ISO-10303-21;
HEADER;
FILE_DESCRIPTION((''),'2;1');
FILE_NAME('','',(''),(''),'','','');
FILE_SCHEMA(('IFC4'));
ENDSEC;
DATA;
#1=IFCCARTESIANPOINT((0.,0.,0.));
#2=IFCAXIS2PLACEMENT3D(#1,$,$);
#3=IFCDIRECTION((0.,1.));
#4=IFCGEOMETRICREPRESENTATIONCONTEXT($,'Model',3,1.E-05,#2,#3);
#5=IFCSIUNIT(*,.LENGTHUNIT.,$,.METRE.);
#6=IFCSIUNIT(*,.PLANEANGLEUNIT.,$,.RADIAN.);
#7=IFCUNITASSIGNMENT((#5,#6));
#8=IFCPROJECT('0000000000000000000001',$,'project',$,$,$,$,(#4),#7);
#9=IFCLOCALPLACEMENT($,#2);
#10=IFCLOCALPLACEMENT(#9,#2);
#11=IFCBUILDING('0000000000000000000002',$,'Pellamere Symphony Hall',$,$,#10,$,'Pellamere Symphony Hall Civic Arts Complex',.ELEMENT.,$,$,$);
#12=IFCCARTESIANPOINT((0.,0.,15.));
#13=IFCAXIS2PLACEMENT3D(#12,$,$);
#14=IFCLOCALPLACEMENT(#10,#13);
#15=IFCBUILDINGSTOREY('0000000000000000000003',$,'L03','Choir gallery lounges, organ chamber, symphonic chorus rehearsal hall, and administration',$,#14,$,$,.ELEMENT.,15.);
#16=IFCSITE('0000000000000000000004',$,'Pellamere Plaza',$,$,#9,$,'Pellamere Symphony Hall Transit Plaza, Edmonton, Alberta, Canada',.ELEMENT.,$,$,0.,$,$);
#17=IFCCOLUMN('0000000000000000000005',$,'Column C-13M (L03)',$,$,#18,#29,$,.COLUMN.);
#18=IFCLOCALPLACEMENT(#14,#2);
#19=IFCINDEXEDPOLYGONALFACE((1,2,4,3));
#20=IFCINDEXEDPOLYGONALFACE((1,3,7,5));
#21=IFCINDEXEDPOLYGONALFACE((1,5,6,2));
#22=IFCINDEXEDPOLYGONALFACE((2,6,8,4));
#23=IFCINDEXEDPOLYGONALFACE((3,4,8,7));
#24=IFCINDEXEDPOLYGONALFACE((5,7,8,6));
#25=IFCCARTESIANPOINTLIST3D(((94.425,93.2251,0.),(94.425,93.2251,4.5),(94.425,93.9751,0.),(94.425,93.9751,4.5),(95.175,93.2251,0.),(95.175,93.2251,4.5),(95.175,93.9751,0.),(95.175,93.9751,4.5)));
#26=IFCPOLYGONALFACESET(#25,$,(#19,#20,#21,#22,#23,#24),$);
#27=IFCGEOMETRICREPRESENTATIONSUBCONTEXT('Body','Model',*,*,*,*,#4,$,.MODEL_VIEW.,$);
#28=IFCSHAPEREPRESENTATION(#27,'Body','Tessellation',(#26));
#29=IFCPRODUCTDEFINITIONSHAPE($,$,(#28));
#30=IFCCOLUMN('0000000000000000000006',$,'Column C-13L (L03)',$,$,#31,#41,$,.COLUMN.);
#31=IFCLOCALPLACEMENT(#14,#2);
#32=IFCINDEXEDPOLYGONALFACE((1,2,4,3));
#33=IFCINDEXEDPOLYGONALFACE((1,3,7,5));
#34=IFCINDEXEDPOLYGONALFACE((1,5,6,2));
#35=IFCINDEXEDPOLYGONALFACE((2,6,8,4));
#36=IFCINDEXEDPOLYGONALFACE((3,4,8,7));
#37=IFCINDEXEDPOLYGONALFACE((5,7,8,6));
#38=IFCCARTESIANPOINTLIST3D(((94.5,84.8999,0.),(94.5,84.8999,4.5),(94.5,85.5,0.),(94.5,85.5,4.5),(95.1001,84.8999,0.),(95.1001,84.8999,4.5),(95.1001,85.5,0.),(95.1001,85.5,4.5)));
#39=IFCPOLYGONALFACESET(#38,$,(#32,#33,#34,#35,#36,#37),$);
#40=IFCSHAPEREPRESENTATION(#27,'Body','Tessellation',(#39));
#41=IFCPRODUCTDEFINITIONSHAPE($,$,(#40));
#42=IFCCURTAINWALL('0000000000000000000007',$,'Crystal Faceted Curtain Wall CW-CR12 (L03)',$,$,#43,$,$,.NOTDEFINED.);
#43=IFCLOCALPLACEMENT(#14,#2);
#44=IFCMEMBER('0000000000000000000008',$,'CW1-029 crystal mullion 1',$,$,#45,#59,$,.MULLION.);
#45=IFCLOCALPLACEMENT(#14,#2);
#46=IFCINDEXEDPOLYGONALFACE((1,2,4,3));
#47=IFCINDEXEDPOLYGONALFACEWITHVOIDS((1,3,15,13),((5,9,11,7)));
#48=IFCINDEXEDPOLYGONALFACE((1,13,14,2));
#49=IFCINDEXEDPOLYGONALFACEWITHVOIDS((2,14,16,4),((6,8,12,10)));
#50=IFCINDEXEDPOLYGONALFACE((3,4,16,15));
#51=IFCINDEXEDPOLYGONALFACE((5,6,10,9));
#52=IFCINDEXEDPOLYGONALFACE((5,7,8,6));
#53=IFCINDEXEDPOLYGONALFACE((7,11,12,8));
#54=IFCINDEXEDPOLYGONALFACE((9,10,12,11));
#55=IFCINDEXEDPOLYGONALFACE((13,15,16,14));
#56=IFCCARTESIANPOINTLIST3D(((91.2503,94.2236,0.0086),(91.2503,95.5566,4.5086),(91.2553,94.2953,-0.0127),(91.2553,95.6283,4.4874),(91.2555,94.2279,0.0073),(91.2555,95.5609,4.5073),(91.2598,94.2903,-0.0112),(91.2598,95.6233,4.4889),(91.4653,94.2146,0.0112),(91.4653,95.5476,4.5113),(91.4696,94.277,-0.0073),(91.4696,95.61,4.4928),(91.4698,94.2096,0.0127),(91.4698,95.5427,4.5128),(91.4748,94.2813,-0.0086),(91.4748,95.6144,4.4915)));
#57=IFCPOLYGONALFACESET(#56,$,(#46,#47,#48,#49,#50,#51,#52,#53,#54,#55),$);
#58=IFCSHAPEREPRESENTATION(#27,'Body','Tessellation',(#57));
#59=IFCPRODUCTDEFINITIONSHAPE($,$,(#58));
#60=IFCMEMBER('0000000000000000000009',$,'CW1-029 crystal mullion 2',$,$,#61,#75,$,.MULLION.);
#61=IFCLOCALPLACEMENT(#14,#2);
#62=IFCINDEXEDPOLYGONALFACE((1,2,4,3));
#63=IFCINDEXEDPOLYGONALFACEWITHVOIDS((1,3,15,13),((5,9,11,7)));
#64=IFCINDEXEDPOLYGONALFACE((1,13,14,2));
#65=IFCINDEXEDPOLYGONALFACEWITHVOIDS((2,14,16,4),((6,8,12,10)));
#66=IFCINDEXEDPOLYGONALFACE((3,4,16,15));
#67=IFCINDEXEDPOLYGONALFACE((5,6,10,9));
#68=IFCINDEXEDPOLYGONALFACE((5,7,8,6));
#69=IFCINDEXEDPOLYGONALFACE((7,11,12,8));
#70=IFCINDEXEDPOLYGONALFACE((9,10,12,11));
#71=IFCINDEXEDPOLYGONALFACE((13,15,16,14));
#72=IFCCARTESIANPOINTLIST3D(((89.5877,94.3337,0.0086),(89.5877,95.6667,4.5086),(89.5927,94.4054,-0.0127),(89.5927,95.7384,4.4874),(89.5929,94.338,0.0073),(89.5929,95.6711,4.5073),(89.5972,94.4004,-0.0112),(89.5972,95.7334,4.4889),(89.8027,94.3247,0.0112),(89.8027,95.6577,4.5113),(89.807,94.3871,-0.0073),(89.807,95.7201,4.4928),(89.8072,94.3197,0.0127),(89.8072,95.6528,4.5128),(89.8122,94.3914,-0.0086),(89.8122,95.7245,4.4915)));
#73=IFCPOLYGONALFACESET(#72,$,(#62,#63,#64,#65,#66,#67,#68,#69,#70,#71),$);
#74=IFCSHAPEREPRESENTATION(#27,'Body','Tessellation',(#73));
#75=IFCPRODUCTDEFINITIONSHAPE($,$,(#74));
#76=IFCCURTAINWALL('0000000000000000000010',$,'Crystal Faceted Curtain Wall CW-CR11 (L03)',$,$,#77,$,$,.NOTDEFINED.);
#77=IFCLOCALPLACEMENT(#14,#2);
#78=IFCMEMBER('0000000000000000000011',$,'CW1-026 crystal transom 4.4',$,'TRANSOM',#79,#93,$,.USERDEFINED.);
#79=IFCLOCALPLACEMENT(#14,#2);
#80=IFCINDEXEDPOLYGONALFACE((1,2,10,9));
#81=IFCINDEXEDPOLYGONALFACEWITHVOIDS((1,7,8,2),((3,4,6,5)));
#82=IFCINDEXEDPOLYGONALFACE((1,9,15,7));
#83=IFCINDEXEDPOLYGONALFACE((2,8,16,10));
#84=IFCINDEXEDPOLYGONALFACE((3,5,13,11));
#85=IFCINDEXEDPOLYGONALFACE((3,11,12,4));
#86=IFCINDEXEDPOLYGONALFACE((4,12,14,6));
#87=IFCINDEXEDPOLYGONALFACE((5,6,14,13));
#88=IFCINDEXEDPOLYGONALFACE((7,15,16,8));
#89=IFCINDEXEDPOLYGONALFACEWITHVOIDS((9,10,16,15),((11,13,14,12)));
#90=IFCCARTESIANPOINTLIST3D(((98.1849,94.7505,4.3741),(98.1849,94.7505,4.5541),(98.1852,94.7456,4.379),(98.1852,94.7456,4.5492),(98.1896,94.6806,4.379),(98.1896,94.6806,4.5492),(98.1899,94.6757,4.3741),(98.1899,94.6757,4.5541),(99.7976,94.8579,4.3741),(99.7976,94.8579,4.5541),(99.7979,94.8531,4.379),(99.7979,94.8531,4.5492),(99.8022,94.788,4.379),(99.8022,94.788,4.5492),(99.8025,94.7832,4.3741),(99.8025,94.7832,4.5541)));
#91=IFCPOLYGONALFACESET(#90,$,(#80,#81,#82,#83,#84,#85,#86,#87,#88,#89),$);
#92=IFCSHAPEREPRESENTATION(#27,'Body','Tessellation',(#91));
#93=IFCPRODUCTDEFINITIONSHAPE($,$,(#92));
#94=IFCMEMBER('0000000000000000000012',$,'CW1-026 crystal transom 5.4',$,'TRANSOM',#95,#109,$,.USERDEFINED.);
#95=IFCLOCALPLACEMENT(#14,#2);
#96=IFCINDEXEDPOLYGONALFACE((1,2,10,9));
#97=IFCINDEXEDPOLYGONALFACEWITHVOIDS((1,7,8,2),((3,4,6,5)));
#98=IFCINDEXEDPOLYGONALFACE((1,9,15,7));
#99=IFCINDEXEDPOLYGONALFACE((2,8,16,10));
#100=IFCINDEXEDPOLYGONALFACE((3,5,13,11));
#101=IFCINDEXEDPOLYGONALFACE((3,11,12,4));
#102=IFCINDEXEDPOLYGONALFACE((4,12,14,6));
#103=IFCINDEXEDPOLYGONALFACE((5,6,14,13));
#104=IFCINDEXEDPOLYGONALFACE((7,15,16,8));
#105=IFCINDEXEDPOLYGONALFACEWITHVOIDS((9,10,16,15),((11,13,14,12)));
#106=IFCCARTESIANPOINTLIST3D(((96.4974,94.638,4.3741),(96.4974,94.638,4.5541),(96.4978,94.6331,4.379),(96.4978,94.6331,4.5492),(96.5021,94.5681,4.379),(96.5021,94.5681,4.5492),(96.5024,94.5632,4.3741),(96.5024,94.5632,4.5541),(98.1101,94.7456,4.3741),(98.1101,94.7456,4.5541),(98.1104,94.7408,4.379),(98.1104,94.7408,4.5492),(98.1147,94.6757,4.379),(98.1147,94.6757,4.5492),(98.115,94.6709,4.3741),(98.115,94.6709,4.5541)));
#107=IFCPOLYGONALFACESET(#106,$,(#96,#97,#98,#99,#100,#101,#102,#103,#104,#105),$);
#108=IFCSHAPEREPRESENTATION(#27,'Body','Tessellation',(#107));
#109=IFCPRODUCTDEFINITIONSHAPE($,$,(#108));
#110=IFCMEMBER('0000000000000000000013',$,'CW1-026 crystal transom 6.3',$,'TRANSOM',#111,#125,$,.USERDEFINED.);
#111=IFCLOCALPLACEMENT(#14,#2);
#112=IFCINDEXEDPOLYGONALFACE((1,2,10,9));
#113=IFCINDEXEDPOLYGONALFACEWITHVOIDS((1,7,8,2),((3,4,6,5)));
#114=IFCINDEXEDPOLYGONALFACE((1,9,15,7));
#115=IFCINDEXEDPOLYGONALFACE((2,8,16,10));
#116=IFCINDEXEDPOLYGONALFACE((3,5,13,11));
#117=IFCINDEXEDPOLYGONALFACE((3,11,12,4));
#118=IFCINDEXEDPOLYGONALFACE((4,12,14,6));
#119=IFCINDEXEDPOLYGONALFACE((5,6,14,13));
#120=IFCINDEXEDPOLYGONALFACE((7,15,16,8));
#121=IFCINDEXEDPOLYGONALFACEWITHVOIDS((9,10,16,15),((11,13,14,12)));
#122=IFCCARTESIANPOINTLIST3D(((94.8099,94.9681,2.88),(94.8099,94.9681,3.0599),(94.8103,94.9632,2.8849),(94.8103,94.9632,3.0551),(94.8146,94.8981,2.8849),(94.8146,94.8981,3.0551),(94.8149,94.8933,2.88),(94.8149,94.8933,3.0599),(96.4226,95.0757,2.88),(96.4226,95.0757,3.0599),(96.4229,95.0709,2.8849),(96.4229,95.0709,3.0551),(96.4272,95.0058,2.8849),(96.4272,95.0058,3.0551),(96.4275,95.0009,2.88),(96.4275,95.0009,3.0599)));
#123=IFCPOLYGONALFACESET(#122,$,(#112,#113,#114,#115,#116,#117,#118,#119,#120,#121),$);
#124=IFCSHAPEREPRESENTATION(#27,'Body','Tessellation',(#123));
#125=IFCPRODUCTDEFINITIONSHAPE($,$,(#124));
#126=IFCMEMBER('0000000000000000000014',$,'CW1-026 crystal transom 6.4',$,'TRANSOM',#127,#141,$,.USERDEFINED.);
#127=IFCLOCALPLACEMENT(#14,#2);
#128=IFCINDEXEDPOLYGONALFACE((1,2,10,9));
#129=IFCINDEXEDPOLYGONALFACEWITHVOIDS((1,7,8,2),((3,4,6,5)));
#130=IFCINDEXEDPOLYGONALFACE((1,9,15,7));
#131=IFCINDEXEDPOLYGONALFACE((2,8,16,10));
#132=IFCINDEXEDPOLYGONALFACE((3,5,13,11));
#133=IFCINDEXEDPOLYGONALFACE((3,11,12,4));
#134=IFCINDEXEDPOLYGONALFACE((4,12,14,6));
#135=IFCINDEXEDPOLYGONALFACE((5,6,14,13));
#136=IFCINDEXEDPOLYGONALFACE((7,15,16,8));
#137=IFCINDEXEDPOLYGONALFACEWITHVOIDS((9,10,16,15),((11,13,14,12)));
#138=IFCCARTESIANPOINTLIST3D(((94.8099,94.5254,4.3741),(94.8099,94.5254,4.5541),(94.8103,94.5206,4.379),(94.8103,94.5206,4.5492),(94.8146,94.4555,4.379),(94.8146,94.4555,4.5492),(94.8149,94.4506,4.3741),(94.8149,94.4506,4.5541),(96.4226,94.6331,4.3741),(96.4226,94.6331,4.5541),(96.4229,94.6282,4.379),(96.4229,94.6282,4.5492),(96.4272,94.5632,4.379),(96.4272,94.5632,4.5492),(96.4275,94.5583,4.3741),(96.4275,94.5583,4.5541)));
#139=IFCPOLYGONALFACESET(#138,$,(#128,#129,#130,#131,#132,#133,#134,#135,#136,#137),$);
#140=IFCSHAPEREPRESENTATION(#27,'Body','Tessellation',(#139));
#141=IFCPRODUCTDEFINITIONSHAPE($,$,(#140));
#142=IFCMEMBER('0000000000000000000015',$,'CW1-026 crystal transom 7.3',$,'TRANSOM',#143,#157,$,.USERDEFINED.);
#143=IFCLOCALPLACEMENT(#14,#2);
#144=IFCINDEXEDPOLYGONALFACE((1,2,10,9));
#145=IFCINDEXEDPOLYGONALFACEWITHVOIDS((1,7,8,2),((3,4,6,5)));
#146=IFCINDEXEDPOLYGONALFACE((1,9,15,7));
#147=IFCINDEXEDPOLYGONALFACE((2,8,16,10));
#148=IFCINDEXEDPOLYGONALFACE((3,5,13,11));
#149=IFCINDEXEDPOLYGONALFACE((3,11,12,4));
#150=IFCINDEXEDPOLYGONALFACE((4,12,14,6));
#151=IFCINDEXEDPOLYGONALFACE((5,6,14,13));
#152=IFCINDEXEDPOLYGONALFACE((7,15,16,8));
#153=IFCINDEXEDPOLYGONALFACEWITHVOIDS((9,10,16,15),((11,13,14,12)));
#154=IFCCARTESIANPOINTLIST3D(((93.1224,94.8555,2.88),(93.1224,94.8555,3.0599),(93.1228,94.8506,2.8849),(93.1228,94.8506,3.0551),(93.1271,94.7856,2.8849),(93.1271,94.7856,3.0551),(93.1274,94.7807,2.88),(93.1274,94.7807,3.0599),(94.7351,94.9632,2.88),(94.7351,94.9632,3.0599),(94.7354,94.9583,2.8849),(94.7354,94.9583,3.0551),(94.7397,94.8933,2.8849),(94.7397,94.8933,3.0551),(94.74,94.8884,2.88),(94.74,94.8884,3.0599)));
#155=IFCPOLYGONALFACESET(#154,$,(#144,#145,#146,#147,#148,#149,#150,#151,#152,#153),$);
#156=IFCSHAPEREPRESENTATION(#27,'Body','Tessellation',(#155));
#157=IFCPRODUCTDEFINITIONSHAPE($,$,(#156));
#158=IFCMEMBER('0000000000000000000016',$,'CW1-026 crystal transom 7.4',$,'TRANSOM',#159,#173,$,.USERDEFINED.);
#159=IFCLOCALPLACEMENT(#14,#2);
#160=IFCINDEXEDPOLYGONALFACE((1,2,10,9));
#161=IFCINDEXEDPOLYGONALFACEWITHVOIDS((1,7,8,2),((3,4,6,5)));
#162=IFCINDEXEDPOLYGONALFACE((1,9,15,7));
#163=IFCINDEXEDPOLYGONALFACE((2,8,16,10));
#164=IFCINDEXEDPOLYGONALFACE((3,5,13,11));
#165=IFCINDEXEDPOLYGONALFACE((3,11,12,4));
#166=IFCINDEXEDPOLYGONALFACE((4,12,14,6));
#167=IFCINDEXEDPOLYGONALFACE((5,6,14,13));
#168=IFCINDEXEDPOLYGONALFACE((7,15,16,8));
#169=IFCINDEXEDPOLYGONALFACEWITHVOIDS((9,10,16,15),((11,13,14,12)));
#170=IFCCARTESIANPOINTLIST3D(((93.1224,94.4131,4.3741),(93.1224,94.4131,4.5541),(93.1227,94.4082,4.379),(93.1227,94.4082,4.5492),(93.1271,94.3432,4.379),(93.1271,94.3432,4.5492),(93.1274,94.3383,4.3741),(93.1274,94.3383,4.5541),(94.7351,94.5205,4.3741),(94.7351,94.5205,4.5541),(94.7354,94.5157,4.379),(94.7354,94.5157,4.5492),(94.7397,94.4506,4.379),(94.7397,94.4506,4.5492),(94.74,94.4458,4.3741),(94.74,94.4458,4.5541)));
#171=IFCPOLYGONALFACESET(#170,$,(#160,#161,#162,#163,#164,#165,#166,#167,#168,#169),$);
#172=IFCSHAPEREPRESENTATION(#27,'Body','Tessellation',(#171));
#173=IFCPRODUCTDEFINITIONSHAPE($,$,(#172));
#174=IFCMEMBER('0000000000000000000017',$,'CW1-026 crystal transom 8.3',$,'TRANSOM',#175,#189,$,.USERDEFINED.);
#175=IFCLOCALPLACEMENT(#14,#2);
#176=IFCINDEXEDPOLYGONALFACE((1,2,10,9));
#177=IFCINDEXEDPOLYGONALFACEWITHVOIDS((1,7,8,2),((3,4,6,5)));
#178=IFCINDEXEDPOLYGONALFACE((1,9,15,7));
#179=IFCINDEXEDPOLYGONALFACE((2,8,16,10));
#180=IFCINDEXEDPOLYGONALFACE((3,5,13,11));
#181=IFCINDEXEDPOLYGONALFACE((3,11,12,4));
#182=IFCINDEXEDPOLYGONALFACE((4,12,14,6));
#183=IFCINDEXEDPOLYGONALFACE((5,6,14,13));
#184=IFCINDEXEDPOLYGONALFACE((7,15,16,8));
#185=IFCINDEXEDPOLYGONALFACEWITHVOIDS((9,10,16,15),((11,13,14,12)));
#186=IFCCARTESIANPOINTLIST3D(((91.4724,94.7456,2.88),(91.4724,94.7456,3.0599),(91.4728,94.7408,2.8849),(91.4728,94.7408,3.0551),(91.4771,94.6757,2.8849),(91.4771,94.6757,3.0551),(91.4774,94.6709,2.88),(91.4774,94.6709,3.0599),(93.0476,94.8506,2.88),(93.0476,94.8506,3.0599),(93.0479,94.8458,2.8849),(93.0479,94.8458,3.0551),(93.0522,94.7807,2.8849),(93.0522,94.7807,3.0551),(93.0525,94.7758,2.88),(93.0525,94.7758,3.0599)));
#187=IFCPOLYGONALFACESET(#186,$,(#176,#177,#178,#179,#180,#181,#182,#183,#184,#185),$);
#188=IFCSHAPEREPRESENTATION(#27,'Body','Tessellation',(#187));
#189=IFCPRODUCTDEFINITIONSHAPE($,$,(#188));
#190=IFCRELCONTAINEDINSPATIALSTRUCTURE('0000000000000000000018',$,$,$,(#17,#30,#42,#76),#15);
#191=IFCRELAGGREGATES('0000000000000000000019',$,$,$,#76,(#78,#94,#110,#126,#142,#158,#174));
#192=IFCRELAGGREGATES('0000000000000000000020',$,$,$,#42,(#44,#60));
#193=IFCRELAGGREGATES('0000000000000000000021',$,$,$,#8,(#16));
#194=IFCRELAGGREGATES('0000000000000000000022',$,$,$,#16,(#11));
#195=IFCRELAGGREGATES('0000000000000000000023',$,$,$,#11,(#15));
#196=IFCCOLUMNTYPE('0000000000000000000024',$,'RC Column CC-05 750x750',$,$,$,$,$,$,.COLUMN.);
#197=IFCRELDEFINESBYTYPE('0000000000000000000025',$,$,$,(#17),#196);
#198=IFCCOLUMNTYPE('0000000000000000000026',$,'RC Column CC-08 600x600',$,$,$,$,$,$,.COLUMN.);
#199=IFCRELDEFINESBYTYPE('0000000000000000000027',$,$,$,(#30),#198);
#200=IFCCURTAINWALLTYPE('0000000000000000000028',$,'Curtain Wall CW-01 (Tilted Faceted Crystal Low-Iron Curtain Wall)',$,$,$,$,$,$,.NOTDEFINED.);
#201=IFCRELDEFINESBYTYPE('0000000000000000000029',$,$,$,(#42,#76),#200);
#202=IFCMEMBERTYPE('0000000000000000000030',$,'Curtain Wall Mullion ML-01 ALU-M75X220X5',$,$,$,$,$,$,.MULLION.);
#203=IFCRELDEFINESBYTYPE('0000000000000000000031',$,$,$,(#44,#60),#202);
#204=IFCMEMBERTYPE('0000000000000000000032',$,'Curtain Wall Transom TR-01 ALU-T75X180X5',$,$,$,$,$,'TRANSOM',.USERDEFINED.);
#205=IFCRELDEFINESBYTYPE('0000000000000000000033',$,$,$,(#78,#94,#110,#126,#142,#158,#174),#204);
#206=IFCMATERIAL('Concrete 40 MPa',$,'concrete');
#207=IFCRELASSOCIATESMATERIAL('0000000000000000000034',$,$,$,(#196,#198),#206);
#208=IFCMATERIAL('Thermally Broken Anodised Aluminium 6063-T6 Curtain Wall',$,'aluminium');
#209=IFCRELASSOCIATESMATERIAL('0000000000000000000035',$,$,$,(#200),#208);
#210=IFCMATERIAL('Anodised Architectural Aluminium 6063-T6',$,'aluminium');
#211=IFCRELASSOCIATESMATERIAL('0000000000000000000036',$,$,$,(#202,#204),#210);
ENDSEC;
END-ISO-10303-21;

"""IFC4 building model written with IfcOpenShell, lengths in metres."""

from ifc_helpers import new_model, si_unit, direction, frame, origin, origin_2d, place, context, subcontext, project, spatial, rectangle, hollow_rectangle, extrude, material, material_profile, profile_set, type_object, element, aggregate, save


model = new_model("IFC4")

# Units and contexts
model_context = context("Model", 3, precision=1e-05, world=origin(), true_north=direction((0.0, 1.0)))
body_context = subcontext(model_context, "Body", "Model", "MODEL_VIEW")
ifc_project = project(units=[si_unit("LENGTHUNIT", "METRE"), si_unit("PLANEANGLEUNIT", "RADIAN")], contexts=[model_context])

# Site, building, storey
site_placement = place(None, origin())
site = spatial("IfcSite", under=ifc_project, at=site_placement, Name="Pellamere Plaza", LongName="Pellamere Symphony Hall Transit Plaza, Edmonton, Alberta, Canada", CompositionType="ELEMENT", RefElevation=0.0)
building_placement = place(site_placement, origin())
building = spatial("IfcBuilding", under=site, at=building_placement, Name="Pellamere Symphony Hall", LongName="Pellamere Symphony Hall Civic Arts Complex", CompositionType="ELEMENT")
storey_placement = place(building_placement, frame((0.0, 0.0, 15.0)))
storey = spatial("IfcBuildingStorey", under=building, at=storey_placement, Name="L03", Description="Choir gallery lounges, organ chamber, symphonic chorus rehearsal hall, and administration", CompositionType="ELEMENT", Elevation=15.0)

# Columns
ifc_material_1 = material(Name="Concrete 40 MPa", Category="concrete")
ifc_material_profile_1 = material_profile(ifc_material_1, rectangle(XDim=0.75, YDim=0.75, at=origin_2d()), Name="RC 750x750")
ifc_profile_set_1 = profile_set([ifc_material_profile_1], Name="Concrete 40 MPa")
column_type_1 = type_object("IfcColumnType", Name="RC Column CC-05 750x750", PredefinedType="COLUMN", material=ifc_profile_set_1)
column_1_placement = place(storey_placement, frame((94.8, 93.6001, 0.0), z_axis=(0.0, 0.0, 1.0), x_axis=(1.0, 0.0, 0.0)))
element("IfcColumn", 1, at=column_1_placement, inside=storey, type_object=column_type_1, Name="Column C-13M (L03)", PredefinedType="COLUMN", context=body_context, shape_type="SweptSolid", body=[
    extrude(rectangle(XDim=0.75, YDim=0.75, at=origin_2d()), origin(), (0.0, 0.0, 1.0), 4.5),
])
ifc_material_profile_2 = material_profile(ifc_material_1, rectangle(XDim=0.6001, YDim=0.6001, at=origin_2d()), Name="RC 600x600")
ifc_profile_set_2 = profile_set([ifc_material_profile_2], Name="Concrete 40 MPa")
column_type_2 = type_object("IfcColumnType", Name="RC Column CC-08 600x600", PredefinedType="COLUMN", material=ifc_profile_set_2)
column_2_placement = place(storey_placement, frame((94.8, 85.2, 0.0), z_axis=(0.0, 0.0, 1.0), x_axis=(1.0, 0.0, 0.0)))
element("IfcColumn", 2, at=column_2_placement, inside=storey, type_object=column_type_2, Name="Column C-13L (L03)", PredefinedType="COLUMN", context=body_context, shape_type="SweptSolid", body=[
    extrude(rectangle(XDim=0.6001, YDim=0.6001, at=origin_2d()), origin(), (0.0, 0.0, 1.0), 4.5),
])

# Curtain walls, members
ifc_material_2 = material(Name="Thermally Broken Anodised Aluminium 6063-T6 Curtain Wall", Category="aluminium")
curtain_wall_type = type_object("IfcCurtainWallType", Name="Curtain Wall CW-01 (Tilted Faceted Crystal Low-Iron Curtain Wall)", PredefinedType="NOTDEFINED", material=ifc_material_2)
curtain_wall_1_placement = place(storey_placement, origin())
curtain_wall_1 = element("IfcCurtainWall", 3, at=curtain_wall_1_placement, inside=storey, type_object=curtain_wall_type, Name="Crystal Faceted Curtain Wall CW-CR12 (L03)", PredefinedType="NOTDEFINED")
ifc_material_3 = material(Name="Anodised Architectural Aluminium 6063-T6", Category="aluminium")
ifc_material_profile_3 = material_profile(ifc_material_3, hollow_rectangle(XDim=0.075, YDim=0.22, WallThickness=0.0049, at=origin_2d()), Name="ALU-M75X220X5")
ifc_profile_set_3 = profile_set([ifc_material_profile_3], Name="Anodised Architectural Aluminium 6063-T6")
member_type_1 = type_object("IfcMemberType", Name="Curtain Wall Mullion ML-01 ALU-M75X220X5", PredefinedType="MULLION", material=ifc_profile_set_3)
member_1_placement = place(storey_placement, frame((91.3625, 94.2524, 0.0), z_axis=(0.0, 0.284025, 0.958817), x_axis=(0.066032, 0.956724, -0.283405)))
member_1 = element("IfcMember", 4, at=member_1_placement, type_object=member_type_1, Name="CW1-029 crystal mullion 1", PredefinedType="MULLION", context=body_context, shape_type="SweptSolid", body=[
    extrude(hollow_rectangle(XDim=0.075, YDim=0.22, WallThickness=0.0049, at=origin_2d()), origin(), (0.0, 0.0, 1.0), 4.6934),
])
member_2_placement = place(storey_placement, frame((89.7, 94.3625, 0.0), z_axis=(0.0, 0.284025, 0.958817), x_axis=(0.066032, 0.956724, -0.283405)))
member_2 = element("IfcMember", 5, at=member_2_placement, type_object=member_type_1, Name="CW1-029 crystal mullion 2", PredefinedType="MULLION", context=body_context, shape_type="SweptSolid", body=[
    extrude(hollow_rectangle(XDim=0.075, YDim=0.22, WallThickness=0.0049, at=origin_2d()), origin(), (0.0, 0.0, 1.0), 4.6934),
])
curtain_wall_2_placement = place(storey_placement, origin())
curtain_wall_2 = element("IfcCurtainWall", 6, at=curtain_wall_2_placement, inside=storey, type_object=curtain_wall_type, Name="Crystal Faceted Curtain Wall CW-CR11 (L03)", PredefinedType="NOTDEFINED")
ifc_material_profile_4 = material_profile(ifc_material_3, hollow_rectangle(XDim=0.075, YDim=0.1799, WallThickness=0.0049, at=origin_2d()), Name="ALU-T75X180X5")
ifc_profile_set_4 = profile_set([ifc_material_profile_4], Name="Anodised Architectural Aluminium 6063-T6")
member_type_2 = type_object("IfcMemberType", Name="Curtain Wall Transom TR-01 ALU-T75X180X5", ElementType="TRANSOM", PredefinedType="USERDEFINED", material=ifc_profile_set_4)
member_3_placement = place(storey_placement, frame((99.8, 94.8206, 4.4641), z_axis=(-0.997788, -0.066469, 0.0), x_axis=(0.066469, -0.997788, 0.0)))
member_3 = element("IfcMember", 7, at=member_3_placement, type_object=member_type_2, Name="CW1-026 crystal transom 4.4", ObjectType="TRANSOM", PredefinedType="USERDEFINED", context=body_context, shape_type="SweptSolid", body=[
    extrude(hollow_rectangle(XDim=0.075, YDim=0.1799, WallThickness=0.0049, at=origin_2d()), origin(), (0.0, 0.0, 1.0), 1.6162),
])
member_4_placement = place(storey_placement, frame((98.1125, 94.7083, 4.4641), z_axis=(-0.997778, -0.066619, 0.0), x_axis=(0.066619, -0.997778, 0.0)))
member_4 = element("IfcMember", 8, at=member_4_placement, type_object=member_type_2, Name="CW1-026 crystal transom 5.4", ObjectType="TRANSOM", PredefinedType="USERDEFINED", context=body_context, shape_type="SweptSolid", body=[
    extrude(hollow_rectangle(XDim=0.075, YDim=0.1799, WallThickness=0.0049, at=origin_2d()), origin(), (0.0, 0.0, 1.0), 1.6162),
])
member_5_placement = place(storey_placement, frame((96.425, 95.0383, 2.97), z_axis=(-0.997778, -0.066619, 0.0), x_axis=(0.066619, -0.997778, 0.0)))
member_5 = element("IfcMember", 9, at=member_5_placement, type_object=member_type_2, Name="CW1-026 crystal transom 6.3", ObjectType="TRANSOM", PredefinedType="USERDEFINED", context=body_context, shape_type="SweptSolid", body=[
    extrude(hollow_rectangle(XDim=0.075, YDim=0.1799, WallThickness=0.0049, at=origin_2d()), origin(), (0.0, 0.0, 1.0), 1.6162),
])
member_6_placement = place(storey_placement, frame((96.425, 94.5957, 4.4641), z_axis=(-0.997778, -0.066619, 0.0), x_axis=(0.066619, -0.997778, 0.0)))
member_6 = element("IfcMember", 10, at=member_6_placement, type_object=member_type_2, Name="CW1-026 crystal transom 6.4", ObjectType="TRANSOM", PredefinedType="USERDEFINED", context=body_context, shape_type="SweptSolid", body=[
    extrude(hollow_rectangle(XDim=0.075, YDim=0.1799, WallThickness=0.0049, at=origin_2d()), origin(), (0.0, 0.0, 1.0), 1.6162),
])
member_7_placement = place(storey_placement, frame((94.7375, 94.9258, 2.97), z_axis=(-0.997778, -0.066619, 0.0), x_axis=(0.066619, -0.997778, 0.0)))
member_7 = element("IfcMember", 11, at=member_7_placement, type_object=member_type_2, Name="CW1-026 crystal transom 7.3", ObjectType="TRANSOM", PredefinedType="USERDEFINED", context=body_context, shape_type="SweptSolid", body=[
    extrude(hollow_rectangle(XDim=0.075, YDim=0.1799, WallThickness=0.0049, at=origin_2d()), origin(), (0.0, 0.0, 1.0), 1.6162),
])
member_8_placement = place(storey_placement, frame((94.7375, 94.4832, 4.4641), z_axis=(-0.997788, -0.066469, 0.0), x_axis=(0.066469, -0.997788, 0.0)))
member_8 = element("IfcMember", 12, at=member_8_placement, type_object=member_type_2, Name="CW1-026 crystal transom 7.4", ObjectType="TRANSOM", PredefinedType="USERDEFINED", context=body_context, shape_type="SweptSolid", body=[
    extrude(hollow_rectangle(XDim=0.075, YDim=0.1799, WallThickness=0.0049, at=origin_2d()), origin(), (0.0, 0.0, 1.0), 1.6162),
])
member_9_placement = place(storey_placement, frame((93.05, 94.8132, 2.97), z_axis=(-0.997787, -0.066498, 0.0), x_axis=(0.066498, -0.997787, 0.0)))
member_9 = element("IfcMember", 13, at=member_9_placement, type_object=member_type_2, Name="CW1-026 crystal transom 8.3", ObjectType="TRANSOM", PredefinedType="USERDEFINED", context=body_context, shape_type="SweptSolid", body=[
    extrude(hollow_rectangle(XDim=0.075, YDim=0.1799, WallThickness=0.0049, at=origin_2d()), origin(), (0.0, 0.0, 1.0), 1.5786),
])

aggregate(curtain_wall_2, [member_3, member_4, member_5, member_6, member_7, member_8, member_9])
aggregate(curtain_wall_1, [member_1, member_2])

save(model, "model.ifc")
